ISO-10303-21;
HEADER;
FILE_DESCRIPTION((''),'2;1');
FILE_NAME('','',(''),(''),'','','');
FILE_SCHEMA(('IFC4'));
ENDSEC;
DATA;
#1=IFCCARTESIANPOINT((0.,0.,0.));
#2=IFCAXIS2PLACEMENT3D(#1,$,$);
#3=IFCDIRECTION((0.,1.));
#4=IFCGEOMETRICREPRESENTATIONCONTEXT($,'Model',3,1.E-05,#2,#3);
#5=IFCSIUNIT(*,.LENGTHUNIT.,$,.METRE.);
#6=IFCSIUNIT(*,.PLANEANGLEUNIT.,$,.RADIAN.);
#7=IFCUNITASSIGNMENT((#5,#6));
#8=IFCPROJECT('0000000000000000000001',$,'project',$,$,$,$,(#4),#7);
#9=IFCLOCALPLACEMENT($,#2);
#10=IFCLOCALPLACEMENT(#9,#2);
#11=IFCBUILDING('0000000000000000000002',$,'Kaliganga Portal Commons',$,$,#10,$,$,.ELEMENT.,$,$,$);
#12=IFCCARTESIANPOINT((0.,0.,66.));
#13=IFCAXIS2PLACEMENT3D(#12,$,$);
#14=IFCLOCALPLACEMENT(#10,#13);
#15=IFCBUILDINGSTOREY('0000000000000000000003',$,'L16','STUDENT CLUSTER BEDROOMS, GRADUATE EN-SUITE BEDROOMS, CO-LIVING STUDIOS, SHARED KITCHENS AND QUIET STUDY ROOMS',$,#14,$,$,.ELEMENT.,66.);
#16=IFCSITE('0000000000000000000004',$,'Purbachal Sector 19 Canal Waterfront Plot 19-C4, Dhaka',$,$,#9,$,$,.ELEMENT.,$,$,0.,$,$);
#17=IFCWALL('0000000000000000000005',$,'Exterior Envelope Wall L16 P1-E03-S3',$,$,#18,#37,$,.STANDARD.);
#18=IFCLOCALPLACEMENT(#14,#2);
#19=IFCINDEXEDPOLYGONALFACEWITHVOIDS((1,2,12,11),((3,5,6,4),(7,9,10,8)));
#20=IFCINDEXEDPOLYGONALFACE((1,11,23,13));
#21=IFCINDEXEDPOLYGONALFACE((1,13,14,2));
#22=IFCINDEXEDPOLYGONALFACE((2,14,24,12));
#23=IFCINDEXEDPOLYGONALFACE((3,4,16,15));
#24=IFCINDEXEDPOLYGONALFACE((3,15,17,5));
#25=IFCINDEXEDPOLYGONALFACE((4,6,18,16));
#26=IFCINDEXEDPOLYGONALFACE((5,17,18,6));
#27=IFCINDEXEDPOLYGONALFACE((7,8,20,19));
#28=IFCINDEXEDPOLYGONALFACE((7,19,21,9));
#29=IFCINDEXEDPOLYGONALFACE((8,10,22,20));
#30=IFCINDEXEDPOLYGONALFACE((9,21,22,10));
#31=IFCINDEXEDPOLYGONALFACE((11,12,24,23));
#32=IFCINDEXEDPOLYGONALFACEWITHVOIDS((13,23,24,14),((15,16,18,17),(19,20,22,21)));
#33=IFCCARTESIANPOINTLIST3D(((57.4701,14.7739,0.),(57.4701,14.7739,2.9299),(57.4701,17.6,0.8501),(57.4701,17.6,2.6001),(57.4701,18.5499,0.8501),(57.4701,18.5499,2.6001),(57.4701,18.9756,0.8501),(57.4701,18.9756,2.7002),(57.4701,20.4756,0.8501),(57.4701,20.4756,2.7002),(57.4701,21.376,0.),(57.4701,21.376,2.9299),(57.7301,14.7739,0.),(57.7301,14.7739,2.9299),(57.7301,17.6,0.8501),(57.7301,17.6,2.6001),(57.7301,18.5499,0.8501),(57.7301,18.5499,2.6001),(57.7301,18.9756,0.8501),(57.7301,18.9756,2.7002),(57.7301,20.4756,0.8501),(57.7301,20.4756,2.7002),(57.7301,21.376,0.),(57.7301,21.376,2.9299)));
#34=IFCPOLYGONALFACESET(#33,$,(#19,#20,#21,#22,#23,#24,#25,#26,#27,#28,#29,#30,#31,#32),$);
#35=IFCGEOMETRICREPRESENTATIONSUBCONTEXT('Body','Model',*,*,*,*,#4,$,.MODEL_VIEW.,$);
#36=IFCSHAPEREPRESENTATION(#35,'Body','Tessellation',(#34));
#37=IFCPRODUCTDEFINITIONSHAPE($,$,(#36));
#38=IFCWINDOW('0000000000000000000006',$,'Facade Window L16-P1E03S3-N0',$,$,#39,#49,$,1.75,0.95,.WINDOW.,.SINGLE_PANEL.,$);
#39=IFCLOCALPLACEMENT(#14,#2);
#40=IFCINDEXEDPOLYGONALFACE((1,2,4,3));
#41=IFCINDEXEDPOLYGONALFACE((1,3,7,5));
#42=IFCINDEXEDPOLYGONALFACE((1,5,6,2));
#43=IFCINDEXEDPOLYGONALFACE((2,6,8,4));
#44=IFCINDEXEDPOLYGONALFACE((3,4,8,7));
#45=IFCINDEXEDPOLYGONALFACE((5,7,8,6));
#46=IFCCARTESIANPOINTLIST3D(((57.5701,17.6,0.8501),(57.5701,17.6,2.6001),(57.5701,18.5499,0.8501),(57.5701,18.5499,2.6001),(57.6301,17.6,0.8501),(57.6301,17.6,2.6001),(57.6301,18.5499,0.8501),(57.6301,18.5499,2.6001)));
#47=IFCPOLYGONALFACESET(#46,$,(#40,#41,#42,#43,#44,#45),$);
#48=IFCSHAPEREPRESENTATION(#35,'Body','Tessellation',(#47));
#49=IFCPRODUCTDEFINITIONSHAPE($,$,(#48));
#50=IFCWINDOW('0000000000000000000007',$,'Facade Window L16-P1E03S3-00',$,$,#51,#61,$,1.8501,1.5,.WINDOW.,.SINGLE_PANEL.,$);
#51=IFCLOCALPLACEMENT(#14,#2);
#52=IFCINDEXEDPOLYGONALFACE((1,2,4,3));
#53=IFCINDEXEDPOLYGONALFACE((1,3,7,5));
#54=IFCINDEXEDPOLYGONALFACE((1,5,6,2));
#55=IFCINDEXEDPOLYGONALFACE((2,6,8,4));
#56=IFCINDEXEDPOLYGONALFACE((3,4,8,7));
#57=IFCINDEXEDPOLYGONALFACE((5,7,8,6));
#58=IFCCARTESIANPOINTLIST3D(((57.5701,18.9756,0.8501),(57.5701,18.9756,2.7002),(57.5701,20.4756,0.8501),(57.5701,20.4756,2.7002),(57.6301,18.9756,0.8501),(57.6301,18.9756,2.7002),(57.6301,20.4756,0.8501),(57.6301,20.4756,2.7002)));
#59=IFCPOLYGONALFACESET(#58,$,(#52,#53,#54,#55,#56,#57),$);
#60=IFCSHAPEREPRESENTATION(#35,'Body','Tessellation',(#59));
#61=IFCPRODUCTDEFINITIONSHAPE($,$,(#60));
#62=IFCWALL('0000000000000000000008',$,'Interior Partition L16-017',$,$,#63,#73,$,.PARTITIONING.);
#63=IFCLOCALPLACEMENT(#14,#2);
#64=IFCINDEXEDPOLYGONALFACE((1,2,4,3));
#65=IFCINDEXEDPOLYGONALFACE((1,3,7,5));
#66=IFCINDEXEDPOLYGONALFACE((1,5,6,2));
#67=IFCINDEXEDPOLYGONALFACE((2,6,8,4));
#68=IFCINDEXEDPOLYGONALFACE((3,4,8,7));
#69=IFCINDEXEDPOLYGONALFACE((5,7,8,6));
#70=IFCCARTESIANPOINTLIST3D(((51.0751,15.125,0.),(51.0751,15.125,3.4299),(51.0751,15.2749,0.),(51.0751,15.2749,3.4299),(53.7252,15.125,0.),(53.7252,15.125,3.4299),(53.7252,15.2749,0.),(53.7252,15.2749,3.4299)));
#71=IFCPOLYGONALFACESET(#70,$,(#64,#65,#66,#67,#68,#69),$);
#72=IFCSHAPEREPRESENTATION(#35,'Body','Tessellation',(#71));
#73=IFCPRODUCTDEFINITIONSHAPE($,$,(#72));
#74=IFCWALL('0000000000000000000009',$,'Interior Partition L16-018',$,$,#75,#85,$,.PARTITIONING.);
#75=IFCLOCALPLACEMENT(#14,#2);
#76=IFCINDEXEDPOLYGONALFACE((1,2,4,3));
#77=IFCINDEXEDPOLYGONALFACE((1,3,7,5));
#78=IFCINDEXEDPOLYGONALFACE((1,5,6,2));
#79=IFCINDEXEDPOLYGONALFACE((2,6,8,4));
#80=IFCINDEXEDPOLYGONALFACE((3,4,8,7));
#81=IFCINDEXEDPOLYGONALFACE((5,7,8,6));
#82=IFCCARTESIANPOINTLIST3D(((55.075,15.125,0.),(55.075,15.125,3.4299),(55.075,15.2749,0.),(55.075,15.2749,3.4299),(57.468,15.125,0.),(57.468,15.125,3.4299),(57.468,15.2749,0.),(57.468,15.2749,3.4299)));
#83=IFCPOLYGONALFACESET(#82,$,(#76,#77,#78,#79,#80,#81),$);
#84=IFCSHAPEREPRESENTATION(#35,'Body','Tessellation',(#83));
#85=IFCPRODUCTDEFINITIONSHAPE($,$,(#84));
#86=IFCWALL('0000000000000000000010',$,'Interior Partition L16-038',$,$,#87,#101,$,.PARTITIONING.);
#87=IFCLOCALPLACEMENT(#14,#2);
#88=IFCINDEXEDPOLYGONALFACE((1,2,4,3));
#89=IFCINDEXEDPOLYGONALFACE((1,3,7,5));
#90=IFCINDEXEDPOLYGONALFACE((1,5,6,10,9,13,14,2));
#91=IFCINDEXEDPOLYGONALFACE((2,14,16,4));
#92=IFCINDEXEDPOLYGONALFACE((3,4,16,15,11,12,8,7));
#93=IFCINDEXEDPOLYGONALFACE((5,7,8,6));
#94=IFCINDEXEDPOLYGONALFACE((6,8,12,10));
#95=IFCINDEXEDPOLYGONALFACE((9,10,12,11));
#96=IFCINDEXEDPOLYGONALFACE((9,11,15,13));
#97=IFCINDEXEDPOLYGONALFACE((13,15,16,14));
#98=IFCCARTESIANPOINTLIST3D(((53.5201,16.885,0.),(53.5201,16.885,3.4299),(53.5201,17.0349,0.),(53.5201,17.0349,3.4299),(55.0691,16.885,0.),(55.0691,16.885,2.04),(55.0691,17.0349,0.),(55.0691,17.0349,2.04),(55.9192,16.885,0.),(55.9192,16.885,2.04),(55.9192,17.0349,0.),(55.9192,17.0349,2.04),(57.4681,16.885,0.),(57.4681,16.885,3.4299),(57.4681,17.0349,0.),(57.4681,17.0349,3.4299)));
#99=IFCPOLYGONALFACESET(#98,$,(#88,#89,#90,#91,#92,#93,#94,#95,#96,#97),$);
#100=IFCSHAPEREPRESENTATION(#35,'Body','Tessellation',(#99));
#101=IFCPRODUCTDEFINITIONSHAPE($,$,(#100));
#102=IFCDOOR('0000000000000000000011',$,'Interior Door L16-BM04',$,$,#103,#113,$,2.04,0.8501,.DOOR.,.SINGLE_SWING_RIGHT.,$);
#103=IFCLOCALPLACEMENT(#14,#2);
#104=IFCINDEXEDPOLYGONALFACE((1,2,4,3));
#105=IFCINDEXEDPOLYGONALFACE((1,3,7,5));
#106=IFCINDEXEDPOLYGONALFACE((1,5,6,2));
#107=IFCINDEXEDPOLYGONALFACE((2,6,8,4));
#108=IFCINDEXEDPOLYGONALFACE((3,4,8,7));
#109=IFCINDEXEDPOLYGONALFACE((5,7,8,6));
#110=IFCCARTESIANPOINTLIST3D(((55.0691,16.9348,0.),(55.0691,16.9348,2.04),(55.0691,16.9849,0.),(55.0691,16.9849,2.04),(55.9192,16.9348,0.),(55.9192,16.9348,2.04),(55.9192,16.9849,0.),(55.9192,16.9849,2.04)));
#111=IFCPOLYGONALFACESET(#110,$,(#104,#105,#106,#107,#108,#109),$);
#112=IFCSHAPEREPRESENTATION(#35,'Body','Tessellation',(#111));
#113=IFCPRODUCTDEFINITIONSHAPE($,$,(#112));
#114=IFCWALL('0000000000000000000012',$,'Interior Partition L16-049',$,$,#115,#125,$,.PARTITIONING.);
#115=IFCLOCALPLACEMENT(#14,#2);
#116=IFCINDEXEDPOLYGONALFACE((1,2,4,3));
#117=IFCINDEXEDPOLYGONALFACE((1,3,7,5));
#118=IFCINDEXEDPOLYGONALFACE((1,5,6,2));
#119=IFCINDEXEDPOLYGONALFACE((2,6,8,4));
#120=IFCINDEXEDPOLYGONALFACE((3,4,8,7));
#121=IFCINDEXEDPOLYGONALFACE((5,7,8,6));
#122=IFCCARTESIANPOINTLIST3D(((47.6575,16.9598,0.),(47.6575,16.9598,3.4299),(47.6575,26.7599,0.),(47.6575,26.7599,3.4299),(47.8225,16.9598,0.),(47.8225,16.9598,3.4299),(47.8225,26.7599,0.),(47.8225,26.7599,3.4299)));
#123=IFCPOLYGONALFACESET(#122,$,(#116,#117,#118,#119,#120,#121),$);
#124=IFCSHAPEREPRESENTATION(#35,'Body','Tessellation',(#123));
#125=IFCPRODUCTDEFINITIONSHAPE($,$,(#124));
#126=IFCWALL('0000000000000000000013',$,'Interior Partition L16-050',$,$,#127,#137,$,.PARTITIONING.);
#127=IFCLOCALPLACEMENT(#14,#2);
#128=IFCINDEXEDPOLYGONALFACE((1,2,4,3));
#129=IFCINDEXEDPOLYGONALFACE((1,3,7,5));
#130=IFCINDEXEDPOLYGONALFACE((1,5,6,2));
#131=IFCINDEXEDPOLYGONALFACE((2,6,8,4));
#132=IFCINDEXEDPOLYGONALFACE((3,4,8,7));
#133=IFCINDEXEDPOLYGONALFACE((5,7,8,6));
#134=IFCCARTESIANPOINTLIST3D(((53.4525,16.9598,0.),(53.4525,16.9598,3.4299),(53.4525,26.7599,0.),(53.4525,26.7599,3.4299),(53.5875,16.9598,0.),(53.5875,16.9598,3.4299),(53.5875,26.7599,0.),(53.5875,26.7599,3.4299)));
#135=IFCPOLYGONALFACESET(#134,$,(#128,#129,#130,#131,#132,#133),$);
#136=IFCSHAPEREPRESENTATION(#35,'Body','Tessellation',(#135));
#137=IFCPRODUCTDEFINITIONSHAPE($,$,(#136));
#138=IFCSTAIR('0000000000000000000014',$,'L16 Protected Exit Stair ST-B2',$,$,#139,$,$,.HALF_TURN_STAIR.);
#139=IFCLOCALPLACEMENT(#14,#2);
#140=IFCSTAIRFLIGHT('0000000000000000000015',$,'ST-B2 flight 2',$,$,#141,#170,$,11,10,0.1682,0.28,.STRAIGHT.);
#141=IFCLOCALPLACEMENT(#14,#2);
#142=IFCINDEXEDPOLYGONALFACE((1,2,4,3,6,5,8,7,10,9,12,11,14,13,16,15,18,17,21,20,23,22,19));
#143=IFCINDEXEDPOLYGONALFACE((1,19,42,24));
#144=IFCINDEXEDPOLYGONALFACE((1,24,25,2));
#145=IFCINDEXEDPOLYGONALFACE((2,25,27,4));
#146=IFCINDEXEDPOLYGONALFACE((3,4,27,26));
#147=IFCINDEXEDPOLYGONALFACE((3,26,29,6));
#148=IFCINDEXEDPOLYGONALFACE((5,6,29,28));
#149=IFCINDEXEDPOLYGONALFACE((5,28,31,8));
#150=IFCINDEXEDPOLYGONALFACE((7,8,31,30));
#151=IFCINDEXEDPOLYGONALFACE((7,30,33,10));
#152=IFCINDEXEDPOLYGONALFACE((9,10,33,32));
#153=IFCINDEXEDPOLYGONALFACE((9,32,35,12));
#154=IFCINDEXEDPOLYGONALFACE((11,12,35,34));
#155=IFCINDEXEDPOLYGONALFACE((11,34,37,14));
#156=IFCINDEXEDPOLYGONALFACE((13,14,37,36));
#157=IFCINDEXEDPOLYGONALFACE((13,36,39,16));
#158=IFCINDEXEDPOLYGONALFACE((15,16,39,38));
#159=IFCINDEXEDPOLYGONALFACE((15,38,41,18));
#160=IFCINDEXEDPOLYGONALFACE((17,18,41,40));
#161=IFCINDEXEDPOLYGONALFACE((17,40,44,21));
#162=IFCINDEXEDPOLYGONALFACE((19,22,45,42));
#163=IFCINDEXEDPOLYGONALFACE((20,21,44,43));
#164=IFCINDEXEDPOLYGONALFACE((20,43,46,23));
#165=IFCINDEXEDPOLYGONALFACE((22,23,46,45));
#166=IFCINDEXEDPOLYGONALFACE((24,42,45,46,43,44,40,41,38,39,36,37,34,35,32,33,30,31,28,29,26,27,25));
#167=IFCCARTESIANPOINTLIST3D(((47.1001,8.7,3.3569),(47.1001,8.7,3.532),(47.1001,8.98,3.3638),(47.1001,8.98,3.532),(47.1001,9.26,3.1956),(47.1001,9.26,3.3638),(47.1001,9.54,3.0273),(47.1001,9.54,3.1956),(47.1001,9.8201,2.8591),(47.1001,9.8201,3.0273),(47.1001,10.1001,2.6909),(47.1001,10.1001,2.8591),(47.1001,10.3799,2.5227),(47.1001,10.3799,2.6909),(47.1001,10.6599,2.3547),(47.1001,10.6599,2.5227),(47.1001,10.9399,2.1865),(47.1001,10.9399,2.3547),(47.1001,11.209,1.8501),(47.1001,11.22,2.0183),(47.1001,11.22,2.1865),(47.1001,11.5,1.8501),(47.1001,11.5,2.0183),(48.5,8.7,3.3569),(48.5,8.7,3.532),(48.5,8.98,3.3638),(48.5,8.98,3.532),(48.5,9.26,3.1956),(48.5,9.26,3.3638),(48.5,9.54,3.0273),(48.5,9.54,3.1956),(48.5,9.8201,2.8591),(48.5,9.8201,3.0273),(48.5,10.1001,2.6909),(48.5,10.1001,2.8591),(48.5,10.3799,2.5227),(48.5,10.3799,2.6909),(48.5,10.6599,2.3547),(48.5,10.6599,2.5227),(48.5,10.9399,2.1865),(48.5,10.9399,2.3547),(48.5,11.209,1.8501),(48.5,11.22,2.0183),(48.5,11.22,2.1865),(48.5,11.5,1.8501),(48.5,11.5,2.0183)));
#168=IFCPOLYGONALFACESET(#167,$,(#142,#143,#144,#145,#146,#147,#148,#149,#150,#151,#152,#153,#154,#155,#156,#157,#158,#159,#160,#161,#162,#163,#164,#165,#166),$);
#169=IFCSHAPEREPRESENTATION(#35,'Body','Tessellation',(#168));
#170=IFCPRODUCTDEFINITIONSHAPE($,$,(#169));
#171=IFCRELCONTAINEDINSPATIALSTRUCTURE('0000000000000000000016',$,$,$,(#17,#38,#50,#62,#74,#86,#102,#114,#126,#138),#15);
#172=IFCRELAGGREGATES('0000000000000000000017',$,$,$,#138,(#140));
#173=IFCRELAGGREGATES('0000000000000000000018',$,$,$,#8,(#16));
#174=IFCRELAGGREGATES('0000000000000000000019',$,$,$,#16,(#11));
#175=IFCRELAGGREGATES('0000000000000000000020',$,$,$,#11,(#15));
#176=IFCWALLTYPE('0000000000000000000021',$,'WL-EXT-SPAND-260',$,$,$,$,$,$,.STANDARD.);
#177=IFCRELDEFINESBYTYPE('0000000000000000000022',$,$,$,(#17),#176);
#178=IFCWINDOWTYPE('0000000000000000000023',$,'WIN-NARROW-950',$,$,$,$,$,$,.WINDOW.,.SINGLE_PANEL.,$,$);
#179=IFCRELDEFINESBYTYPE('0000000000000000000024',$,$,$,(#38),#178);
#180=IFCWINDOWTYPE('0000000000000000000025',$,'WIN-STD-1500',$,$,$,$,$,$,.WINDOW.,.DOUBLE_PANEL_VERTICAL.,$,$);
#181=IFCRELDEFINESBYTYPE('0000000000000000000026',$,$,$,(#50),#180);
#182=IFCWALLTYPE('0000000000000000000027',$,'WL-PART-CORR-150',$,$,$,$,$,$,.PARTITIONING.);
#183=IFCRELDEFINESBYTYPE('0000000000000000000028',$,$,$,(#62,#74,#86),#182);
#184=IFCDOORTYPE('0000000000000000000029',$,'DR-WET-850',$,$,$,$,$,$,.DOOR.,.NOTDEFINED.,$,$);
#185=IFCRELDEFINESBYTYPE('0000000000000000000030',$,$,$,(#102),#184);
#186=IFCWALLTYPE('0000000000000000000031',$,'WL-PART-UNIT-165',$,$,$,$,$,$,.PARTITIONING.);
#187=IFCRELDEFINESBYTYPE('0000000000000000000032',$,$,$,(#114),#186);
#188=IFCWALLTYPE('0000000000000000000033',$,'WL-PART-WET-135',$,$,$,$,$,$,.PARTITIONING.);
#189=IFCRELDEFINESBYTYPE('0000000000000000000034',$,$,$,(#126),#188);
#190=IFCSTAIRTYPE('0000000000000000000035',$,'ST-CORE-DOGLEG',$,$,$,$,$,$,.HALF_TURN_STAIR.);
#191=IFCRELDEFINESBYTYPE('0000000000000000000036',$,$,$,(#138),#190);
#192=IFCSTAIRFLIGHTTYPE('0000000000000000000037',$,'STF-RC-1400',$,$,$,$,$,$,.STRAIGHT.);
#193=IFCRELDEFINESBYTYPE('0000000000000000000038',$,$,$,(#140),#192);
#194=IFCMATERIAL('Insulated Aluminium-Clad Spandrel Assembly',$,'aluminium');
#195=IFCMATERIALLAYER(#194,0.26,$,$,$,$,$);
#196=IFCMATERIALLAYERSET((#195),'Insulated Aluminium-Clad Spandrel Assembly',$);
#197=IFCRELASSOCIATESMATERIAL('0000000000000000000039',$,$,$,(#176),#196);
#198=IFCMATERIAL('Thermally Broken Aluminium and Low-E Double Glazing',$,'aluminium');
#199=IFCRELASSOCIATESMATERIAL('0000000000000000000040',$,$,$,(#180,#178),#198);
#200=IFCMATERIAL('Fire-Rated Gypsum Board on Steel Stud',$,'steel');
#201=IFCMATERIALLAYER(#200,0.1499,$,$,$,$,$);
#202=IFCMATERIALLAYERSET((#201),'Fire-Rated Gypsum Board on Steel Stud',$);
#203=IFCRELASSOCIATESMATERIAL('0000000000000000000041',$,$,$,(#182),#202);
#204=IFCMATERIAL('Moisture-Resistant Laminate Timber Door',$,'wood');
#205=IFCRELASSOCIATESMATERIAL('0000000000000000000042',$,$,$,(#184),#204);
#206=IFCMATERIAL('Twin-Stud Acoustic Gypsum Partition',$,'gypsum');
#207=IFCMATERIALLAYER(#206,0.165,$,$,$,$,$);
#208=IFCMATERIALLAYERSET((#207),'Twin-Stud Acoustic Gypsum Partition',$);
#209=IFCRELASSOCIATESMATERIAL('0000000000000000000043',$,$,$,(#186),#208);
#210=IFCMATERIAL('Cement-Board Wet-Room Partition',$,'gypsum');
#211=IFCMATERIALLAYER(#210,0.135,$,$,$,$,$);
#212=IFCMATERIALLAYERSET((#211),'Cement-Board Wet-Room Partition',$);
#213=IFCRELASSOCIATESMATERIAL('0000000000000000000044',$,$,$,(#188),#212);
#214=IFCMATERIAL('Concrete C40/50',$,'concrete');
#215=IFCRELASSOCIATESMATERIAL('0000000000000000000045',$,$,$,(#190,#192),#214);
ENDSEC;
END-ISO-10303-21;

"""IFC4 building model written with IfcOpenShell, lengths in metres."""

from ifc_helpers import new_model, si_unit, direction, frame, frame_2d, origin, place, context, subcontext, project, spatial, polyline, rectangle, outline, extrude, material, layer, layer_set, type_object, element, fill, aggregate, save


model = new_model("IFC4")

# Units and contexts
model_context = context("Model", 3, precision=1e-05, world=origin(), true_north=direction((0.0, 1.0)))
body_context = subcontext(model_context, "Body", "Model", "MODEL_VIEW")
ifc_project = project(units=[si_unit("LENGTHUNIT", "METRE"), si_unit("PLANEANGLEUNIT", "RADIAN")], contexts=[model_context])

# Site, building, storey
site_placement = place(None, origin())
site = spatial("IfcSite", under=ifc_project, at=site_placement, Name="Purbachal Sector 19 Canal Waterfront Plot 19-C4, Dhaka", CompositionType="ELEMENT", RefElevation=0.0)
building_placement = place(site_placement, origin())
building = spatial("IfcBuilding", under=site, at=building_placement, Name="Kaliganga Portal Commons", CompositionType="ELEMENT")
storey_placement = place(building_placement, frame((0.0, 0.0, 66.0)))
storey = spatial("IfcBuildingStorey", under=building, at=storey_placement, Name="L16", Description="STUDENT CLUSTER BEDROOMS, GRADUATE EN-SUITE BEDROOMS, CO-LIVING STUDIOS, SHARED KITCHENS AND QUIET STUDY ROOMS", CompositionType="ELEMENT", Elevation=66.0)

# Shared definitions
ifc_material_1 = material(Name="Insulated Aluminium-Clad Spandrel Assembly", Category="aluminium")
ifc_layer_1 = layer(ifc_material_1, 0.26)
ifc_layer_set_1 = layer_set([ifc_layer_1], Name="Insulated Aluminium-Clad Spandrel Assembly")
wall_type_1 = type_object("IfcWallType", Name="WL-EXT-SPAND-260", PredefinedType="STANDARD", material=ifc_layer_set_1)
ifc_material_2 = material(Name="Thermally Broken Aluminium and Low-E Double Glazing", Category="aluminium")
window_type_1 = type_object("IfcWindowType", Name="WIN-STD-1500", PartitioningType="DOUBLE_PANEL_VERTICAL", PredefinedType="WINDOW", material=ifc_material_2)

# Wall, openings, windows
wall_1_placement = place(storey_placement, frame((57.6001, 21.376, 0.0), z_axis=(0.0, 0.0, 1.0), x_axis=(0.0, -1.0, 0.0)))
wall_1 = element("IfcWall", 1, at=wall_1_placement, inside=storey, type_object=wall_type_1, Name="Exterior Envelope Wall L16 P1-E03-S3", PredefinedType="STANDARD", context=body_context, shape_type="SweptSolid", body=[
    extrude(rectangle(XDim=6.6021, YDim=0.26, at=frame_2d((3.301, 0.0))), origin(), (0.0, 0.0, 1.0), 2.9299),
])
opening_1_placement = place(wall_1_placement, frame((0.9004, 0.0, 0.8501)))
opening_1 = element("IfcOpeningElement", 2, at=opening_1_placement, cuts=wall_1, PredefinedType="OPENING", context=body_context, shape_type="SweptSolid", body=[
    extrude(rectangle(XDim=1.5, YDim=1.8501, at=frame_2d((0.75, 0.925))), frame((0.0, 0.1401, 0.0), z_axis=(0.0, -1.0, 0.0), x_axis=(1.0, 0.0, 0.0)), (0.0, 0.0, 1.0), 0.28),
])
opening_2_placement = place(wall_1_placement, frame((2.8259, 0.0, 0.8501)))
opening_2 = element("IfcOpeningElement", 3, at=opening_2_placement, cuts=wall_1, PredefinedType="OPENING", context=body_context, shape_type="SweptSolid", body=[
    extrude(rectangle(XDim=0.95, YDim=1.75, at=frame_2d((0.4751, 0.875))), frame((0.0, 0.1401, 0.0), z_axis=(0.0, -1.0, 0.0), x_axis=(1.0, 0.0, 0.0)), (0.0, 0.0, 1.0), 0.28),
])
window_type_2 = type_object("IfcWindowType", Name="WIN-NARROW-950", PartitioningType="SINGLE_PANEL", PredefinedType="WINDOW", material=ifc_material_2)
window_1_placement = place(opening_2_placement, origin())
window_1 = element("IfcWindow", 4, at=window_1_placement, inside=storey, type_object=window_type_2, Name="Facade Window L16-P1E03S3-N0", OverallHeight=1.75, OverallWidth=0.95, PartitioningType="SINGLE_PANEL", PredefinedType="WINDOW", context=body_context, shape_type="SweptSolid", body=[
    extrude(rectangle(XDim=0.95, YDim=1.75, at=frame_2d((0.4751, 0.875))), frame((0.0, 0.03, 0.0), z_axis=(0.0, -1.0, 0.0), x_axis=(1.0, 0.0, 0.0)), (0.0, 0.0, 1.0), 0.0601),
])
fill(opening_2, window_1)
window_2_placement = place(opening_1_placement, origin())
window_2 = element("IfcWindow", 5, at=window_2_placement, inside=storey, type_object=window_type_1, Name="Facade Window L16-P1E03S3-00", OverallHeight=1.8501, OverallWidth=1.5, PartitioningType="SINGLE_PANEL", PredefinedType="WINDOW", context=body_context, shape_type="SweptSolid", body=[
    extrude(rectangle(XDim=1.5, YDim=1.8501, at=frame_2d((0.75, 0.925))), frame((0.0, 0.03, 0.0), z_axis=(0.0, -1.0, 0.0), x_axis=(1.0, 0.0, 0.0)), (0.0, 0.0, 1.0), 0.0601),
])
fill(opening_1, window_2)

# Walls
ifc_material_3 = material(Name="Fire-Rated Gypsum Board on Steel Stud", Category="steel")
ifc_layer_2 = layer(ifc_material_3, 0.1499)
ifc_layer_set_2 = layer_set([ifc_layer_2], Name="Fire-Rated Gypsum Board on Steel Stud")
wall_type_2 = type_object("IfcWallType", Name="WL-PART-CORR-150", PredefinedType="PARTITIONING", material=ifc_layer_set_2)
wall_2_placement = place(storey_placement, frame((51.075, 15.2, 0.0), z_axis=(0.0, 0.0, 1.0), x_axis=(1.0, 0.0, 0.0)))
element("IfcWall", 6, at=wall_2_placement, inside=storey, type_object=wall_type_2, Name="Interior Partition L16-017", PredefinedType="PARTITIONING", context=body_context, shape_type="SweptSolid", body=[
    extrude(rectangle(XDim=2.6501, YDim=0.1499, at=frame_2d((1.3252, 0.0))), origin(), (0.0, 0.0, 1.0), 3.4299),
])
wall_3_placement = place(storey_placement, frame((55.075, 15.2, 0.0), z_axis=(0.0, 0.0, 1.0), x_axis=(1.0, 0.0, 0.0)))
element("IfcWall", 7, at=wall_3_placement, inside=storey, type_object=wall_type_2, Name="Interior Partition L16-018", PredefinedType="PARTITIONING", context=body_context, shape_type="SweptSolid", body=[
    extrude(rectangle(XDim=2.3931, YDim=0.1499, at=frame_2d((1.1965, 0.0))), origin(), (0.0, 0.0, 1.0), 3.4299),
])

# Wall, opening, door
wall_4_placement = place(storey_placement, frame((53.52, 16.96, 0.0), z_axis=(0.0, 0.0, 1.0), x_axis=(1.0, 0.0, 0.0)))
wall_4 = element("IfcWall", 8, at=wall_4_placement, inside=storey, type_object=wall_type_2, Name="Interior Partition L16-038", PredefinedType="PARTITIONING", context=body_context, shape_type="SweptSolid", body=[
    extrude(rectangle(XDim=3.948, YDim=0.1499, at=frame_2d((1.9741, 0.0))), origin(), (0.0, 0.0, 1.0), 3.4299),
])
opening_3_placement = place(wall_4_placement, frame((1.5491, 0.0, 0.0)))
opening_3 = element("IfcOpeningElement", 9, at=opening_3_placement, cuts=wall_4, PredefinedType="OPENING", context=body_context, shape_type="SweptSolid", body=[
    extrude(rectangle(XDim=0.8501, YDim=2.04, at=frame_2d((0.425, 1.02))), frame((0.0, 0.085, 0.0), z_axis=(0.0, -1.0, 0.0), x_axis=(1.0, 0.0, 0.0)), (0.0, 0.0, 1.0), 0.1699),
])
ifc_material_4 = material(Name="Moisture-Resistant Laminate Timber Door", Category="wood")
door_type_1 = type_object("IfcDoorType", Name="DR-WET-850", OperationType="NOTDEFINED", PredefinedType="DOOR", material=ifc_material_4)
door_1_placement = place(opening_3_placement, origin())
door_1 = element("IfcDoor", 10, at=door_1_placement, inside=storey, type_object=door_type_1, Name="Interior Door L16-BM04", OperationType="SINGLE_SWING_RIGHT", OverallHeight=2.04, OverallWidth=0.8501, PredefinedType="DOOR", context=body_context, shape_type="SweptSolid", body=[
    extrude(rectangle(XDim=0.8501, YDim=2.04, at=frame_2d((0.425, 1.02))), frame((0.0, 0.0249, 0.0), z_axis=(0.0, -1.0, 0.0), x_axis=(1.0, 0.0, 0.0)), (0.0, 0.0, 1.0), 0.05),
])
fill(opening_3, door_1)

# Walls
ifc_material_5 = material(Name="Twin-Stud Acoustic Gypsum Partition", Category="gypsum")
ifc_layer_3 = layer(ifc_material_5, 0.165)
ifc_layer_set_3 = layer_set([ifc_layer_3], Name="Twin-Stud Acoustic Gypsum Partition")
wall_type_3 = type_object("IfcWallType", Name="WL-PART-UNIT-165", PredefinedType="PARTITIONING", material=ifc_layer_set_3)
wall_5_placement = place(storey_placement, frame((47.74, 16.96, 0.0), z_axis=(0.0, 0.0, 1.0), x_axis=(0.0, 1.0, 0.0)))
element("IfcWall", 11, at=wall_5_placement, inside=storey, type_object=wall_type_3, Name="Interior Partition L16-049", PredefinedType="PARTITIONING", context=body_context, shape_type="SweptSolid", body=[
    extrude(rectangle(XDim=9.8, YDim=0.165, at=frame_2d((4.8999, 0.0))), origin(), (0.0, 0.0, 1.0), 3.4299),
])
ifc_material_6 = material(Name="Cement-Board Wet-Room Partition", Category="gypsum")
ifc_layer_4 = layer(ifc_material_6, 0.135)
ifc_layer_set_4 = layer_set([ifc_layer_4], Name="Cement-Board Wet-Room Partition")
wall_type_4 = type_object("IfcWallType", Name="WL-PART-WET-135", PredefinedType="PARTITIONING", material=ifc_layer_set_4)
wall_6_placement = place(storey_placement, frame((53.52, 16.96, 0.0), z_axis=(0.0, 0.0, 1.0), x_axis=(0.0, 1.0, 0.0)))
element("IfcWall", 12, at=wall_6_placement, inside=storey, type_object=wall_type_4, Name="Interior Partition L16-050", PredefinedType="PARTITIONING", context=body_context, shape_type="SweptSolid", body=[
    extrude(rectangle(XDim=9.8, YDim=0.135, at=frame_2d((4.8999, 0.0))), origin(), (0.0, 0.0, 1.0), 3.4299),
])

# Stair, stair flight
ifc_material_7 = material(Name="Concrete C40/50", Category="concrete")
stair_type = type_object("IfcStairType", Name="ST-CORE-DOGLEG", PredefinedType="HALF_TURN_STAIR", material=ifc_material_7)
stair_placement = place(storey_placement, origin())
stair = element("IfcStair", 13, at=stair_placement, inside=storey, type_object=stair_type, Name="L16 Protected Exit Stair ST-B2", PredefinedType="HALF_TURN_STAIR")
stair_flight_type = type_object("IfcStairFlightType", Name="STF-RC-1400", PredefinedType="STRAIGHT", material=ifc_material_7)
stair_flight_placement = place(storey_placement, frame((47.8, 11.5, 1.8501), z_axis=(0.0, 0.0, 1.0), x_axis=(0.0, -1.0, 0.0)))
stair_flight = element("IfcStairFlight", 14, at=stair_flight_placement, type_object=stair_flight_type, Name="ST-B2 flight 2", NumberOfRisers=11, NumberOfTreads=10, PredefinedType="STRAIGHT", RiserHeight=0.1682, TreadLength=0.28, context=body_context, shape_type="SweptSolid", body=[
    extrude(outline(polyline([(0.0, 0.0), (0.0, 0.1682), (0.28, 0.1682), (0.28, 0.3364), (0.5601, 0.3364), (0.5601, 0.5046), (0.8401, 0.5046), (0.8401, 0.6726), (1.1201, 0.6726), (1.1201, 0.8408), (1.3999, 0.8408), (1.3999, 1.009), (1.6799, 1.009), (1.6799, 1.1772), (1.96, 1.1772), (1.96, 1.3455), (2.24, 1.3455), (2.24, 1.5137), (2.52, 1.5137), (2.52, 1.6819), (2.8, 1.6819), (2.8, 1.8501), (2.8, 1.5068), (0.291, 0.0), (0.0, 0.0)])), frame((0.0, 0.7, 0.0), z_axis=(0.0, -1.0, 0.0), x_axis=(1.0, 0.0, 0.0)), (0.0, 0.0, 1.0), 1.3999),
])
aggregate(stair, [stair_flight])

save(model, "model.ifc")
